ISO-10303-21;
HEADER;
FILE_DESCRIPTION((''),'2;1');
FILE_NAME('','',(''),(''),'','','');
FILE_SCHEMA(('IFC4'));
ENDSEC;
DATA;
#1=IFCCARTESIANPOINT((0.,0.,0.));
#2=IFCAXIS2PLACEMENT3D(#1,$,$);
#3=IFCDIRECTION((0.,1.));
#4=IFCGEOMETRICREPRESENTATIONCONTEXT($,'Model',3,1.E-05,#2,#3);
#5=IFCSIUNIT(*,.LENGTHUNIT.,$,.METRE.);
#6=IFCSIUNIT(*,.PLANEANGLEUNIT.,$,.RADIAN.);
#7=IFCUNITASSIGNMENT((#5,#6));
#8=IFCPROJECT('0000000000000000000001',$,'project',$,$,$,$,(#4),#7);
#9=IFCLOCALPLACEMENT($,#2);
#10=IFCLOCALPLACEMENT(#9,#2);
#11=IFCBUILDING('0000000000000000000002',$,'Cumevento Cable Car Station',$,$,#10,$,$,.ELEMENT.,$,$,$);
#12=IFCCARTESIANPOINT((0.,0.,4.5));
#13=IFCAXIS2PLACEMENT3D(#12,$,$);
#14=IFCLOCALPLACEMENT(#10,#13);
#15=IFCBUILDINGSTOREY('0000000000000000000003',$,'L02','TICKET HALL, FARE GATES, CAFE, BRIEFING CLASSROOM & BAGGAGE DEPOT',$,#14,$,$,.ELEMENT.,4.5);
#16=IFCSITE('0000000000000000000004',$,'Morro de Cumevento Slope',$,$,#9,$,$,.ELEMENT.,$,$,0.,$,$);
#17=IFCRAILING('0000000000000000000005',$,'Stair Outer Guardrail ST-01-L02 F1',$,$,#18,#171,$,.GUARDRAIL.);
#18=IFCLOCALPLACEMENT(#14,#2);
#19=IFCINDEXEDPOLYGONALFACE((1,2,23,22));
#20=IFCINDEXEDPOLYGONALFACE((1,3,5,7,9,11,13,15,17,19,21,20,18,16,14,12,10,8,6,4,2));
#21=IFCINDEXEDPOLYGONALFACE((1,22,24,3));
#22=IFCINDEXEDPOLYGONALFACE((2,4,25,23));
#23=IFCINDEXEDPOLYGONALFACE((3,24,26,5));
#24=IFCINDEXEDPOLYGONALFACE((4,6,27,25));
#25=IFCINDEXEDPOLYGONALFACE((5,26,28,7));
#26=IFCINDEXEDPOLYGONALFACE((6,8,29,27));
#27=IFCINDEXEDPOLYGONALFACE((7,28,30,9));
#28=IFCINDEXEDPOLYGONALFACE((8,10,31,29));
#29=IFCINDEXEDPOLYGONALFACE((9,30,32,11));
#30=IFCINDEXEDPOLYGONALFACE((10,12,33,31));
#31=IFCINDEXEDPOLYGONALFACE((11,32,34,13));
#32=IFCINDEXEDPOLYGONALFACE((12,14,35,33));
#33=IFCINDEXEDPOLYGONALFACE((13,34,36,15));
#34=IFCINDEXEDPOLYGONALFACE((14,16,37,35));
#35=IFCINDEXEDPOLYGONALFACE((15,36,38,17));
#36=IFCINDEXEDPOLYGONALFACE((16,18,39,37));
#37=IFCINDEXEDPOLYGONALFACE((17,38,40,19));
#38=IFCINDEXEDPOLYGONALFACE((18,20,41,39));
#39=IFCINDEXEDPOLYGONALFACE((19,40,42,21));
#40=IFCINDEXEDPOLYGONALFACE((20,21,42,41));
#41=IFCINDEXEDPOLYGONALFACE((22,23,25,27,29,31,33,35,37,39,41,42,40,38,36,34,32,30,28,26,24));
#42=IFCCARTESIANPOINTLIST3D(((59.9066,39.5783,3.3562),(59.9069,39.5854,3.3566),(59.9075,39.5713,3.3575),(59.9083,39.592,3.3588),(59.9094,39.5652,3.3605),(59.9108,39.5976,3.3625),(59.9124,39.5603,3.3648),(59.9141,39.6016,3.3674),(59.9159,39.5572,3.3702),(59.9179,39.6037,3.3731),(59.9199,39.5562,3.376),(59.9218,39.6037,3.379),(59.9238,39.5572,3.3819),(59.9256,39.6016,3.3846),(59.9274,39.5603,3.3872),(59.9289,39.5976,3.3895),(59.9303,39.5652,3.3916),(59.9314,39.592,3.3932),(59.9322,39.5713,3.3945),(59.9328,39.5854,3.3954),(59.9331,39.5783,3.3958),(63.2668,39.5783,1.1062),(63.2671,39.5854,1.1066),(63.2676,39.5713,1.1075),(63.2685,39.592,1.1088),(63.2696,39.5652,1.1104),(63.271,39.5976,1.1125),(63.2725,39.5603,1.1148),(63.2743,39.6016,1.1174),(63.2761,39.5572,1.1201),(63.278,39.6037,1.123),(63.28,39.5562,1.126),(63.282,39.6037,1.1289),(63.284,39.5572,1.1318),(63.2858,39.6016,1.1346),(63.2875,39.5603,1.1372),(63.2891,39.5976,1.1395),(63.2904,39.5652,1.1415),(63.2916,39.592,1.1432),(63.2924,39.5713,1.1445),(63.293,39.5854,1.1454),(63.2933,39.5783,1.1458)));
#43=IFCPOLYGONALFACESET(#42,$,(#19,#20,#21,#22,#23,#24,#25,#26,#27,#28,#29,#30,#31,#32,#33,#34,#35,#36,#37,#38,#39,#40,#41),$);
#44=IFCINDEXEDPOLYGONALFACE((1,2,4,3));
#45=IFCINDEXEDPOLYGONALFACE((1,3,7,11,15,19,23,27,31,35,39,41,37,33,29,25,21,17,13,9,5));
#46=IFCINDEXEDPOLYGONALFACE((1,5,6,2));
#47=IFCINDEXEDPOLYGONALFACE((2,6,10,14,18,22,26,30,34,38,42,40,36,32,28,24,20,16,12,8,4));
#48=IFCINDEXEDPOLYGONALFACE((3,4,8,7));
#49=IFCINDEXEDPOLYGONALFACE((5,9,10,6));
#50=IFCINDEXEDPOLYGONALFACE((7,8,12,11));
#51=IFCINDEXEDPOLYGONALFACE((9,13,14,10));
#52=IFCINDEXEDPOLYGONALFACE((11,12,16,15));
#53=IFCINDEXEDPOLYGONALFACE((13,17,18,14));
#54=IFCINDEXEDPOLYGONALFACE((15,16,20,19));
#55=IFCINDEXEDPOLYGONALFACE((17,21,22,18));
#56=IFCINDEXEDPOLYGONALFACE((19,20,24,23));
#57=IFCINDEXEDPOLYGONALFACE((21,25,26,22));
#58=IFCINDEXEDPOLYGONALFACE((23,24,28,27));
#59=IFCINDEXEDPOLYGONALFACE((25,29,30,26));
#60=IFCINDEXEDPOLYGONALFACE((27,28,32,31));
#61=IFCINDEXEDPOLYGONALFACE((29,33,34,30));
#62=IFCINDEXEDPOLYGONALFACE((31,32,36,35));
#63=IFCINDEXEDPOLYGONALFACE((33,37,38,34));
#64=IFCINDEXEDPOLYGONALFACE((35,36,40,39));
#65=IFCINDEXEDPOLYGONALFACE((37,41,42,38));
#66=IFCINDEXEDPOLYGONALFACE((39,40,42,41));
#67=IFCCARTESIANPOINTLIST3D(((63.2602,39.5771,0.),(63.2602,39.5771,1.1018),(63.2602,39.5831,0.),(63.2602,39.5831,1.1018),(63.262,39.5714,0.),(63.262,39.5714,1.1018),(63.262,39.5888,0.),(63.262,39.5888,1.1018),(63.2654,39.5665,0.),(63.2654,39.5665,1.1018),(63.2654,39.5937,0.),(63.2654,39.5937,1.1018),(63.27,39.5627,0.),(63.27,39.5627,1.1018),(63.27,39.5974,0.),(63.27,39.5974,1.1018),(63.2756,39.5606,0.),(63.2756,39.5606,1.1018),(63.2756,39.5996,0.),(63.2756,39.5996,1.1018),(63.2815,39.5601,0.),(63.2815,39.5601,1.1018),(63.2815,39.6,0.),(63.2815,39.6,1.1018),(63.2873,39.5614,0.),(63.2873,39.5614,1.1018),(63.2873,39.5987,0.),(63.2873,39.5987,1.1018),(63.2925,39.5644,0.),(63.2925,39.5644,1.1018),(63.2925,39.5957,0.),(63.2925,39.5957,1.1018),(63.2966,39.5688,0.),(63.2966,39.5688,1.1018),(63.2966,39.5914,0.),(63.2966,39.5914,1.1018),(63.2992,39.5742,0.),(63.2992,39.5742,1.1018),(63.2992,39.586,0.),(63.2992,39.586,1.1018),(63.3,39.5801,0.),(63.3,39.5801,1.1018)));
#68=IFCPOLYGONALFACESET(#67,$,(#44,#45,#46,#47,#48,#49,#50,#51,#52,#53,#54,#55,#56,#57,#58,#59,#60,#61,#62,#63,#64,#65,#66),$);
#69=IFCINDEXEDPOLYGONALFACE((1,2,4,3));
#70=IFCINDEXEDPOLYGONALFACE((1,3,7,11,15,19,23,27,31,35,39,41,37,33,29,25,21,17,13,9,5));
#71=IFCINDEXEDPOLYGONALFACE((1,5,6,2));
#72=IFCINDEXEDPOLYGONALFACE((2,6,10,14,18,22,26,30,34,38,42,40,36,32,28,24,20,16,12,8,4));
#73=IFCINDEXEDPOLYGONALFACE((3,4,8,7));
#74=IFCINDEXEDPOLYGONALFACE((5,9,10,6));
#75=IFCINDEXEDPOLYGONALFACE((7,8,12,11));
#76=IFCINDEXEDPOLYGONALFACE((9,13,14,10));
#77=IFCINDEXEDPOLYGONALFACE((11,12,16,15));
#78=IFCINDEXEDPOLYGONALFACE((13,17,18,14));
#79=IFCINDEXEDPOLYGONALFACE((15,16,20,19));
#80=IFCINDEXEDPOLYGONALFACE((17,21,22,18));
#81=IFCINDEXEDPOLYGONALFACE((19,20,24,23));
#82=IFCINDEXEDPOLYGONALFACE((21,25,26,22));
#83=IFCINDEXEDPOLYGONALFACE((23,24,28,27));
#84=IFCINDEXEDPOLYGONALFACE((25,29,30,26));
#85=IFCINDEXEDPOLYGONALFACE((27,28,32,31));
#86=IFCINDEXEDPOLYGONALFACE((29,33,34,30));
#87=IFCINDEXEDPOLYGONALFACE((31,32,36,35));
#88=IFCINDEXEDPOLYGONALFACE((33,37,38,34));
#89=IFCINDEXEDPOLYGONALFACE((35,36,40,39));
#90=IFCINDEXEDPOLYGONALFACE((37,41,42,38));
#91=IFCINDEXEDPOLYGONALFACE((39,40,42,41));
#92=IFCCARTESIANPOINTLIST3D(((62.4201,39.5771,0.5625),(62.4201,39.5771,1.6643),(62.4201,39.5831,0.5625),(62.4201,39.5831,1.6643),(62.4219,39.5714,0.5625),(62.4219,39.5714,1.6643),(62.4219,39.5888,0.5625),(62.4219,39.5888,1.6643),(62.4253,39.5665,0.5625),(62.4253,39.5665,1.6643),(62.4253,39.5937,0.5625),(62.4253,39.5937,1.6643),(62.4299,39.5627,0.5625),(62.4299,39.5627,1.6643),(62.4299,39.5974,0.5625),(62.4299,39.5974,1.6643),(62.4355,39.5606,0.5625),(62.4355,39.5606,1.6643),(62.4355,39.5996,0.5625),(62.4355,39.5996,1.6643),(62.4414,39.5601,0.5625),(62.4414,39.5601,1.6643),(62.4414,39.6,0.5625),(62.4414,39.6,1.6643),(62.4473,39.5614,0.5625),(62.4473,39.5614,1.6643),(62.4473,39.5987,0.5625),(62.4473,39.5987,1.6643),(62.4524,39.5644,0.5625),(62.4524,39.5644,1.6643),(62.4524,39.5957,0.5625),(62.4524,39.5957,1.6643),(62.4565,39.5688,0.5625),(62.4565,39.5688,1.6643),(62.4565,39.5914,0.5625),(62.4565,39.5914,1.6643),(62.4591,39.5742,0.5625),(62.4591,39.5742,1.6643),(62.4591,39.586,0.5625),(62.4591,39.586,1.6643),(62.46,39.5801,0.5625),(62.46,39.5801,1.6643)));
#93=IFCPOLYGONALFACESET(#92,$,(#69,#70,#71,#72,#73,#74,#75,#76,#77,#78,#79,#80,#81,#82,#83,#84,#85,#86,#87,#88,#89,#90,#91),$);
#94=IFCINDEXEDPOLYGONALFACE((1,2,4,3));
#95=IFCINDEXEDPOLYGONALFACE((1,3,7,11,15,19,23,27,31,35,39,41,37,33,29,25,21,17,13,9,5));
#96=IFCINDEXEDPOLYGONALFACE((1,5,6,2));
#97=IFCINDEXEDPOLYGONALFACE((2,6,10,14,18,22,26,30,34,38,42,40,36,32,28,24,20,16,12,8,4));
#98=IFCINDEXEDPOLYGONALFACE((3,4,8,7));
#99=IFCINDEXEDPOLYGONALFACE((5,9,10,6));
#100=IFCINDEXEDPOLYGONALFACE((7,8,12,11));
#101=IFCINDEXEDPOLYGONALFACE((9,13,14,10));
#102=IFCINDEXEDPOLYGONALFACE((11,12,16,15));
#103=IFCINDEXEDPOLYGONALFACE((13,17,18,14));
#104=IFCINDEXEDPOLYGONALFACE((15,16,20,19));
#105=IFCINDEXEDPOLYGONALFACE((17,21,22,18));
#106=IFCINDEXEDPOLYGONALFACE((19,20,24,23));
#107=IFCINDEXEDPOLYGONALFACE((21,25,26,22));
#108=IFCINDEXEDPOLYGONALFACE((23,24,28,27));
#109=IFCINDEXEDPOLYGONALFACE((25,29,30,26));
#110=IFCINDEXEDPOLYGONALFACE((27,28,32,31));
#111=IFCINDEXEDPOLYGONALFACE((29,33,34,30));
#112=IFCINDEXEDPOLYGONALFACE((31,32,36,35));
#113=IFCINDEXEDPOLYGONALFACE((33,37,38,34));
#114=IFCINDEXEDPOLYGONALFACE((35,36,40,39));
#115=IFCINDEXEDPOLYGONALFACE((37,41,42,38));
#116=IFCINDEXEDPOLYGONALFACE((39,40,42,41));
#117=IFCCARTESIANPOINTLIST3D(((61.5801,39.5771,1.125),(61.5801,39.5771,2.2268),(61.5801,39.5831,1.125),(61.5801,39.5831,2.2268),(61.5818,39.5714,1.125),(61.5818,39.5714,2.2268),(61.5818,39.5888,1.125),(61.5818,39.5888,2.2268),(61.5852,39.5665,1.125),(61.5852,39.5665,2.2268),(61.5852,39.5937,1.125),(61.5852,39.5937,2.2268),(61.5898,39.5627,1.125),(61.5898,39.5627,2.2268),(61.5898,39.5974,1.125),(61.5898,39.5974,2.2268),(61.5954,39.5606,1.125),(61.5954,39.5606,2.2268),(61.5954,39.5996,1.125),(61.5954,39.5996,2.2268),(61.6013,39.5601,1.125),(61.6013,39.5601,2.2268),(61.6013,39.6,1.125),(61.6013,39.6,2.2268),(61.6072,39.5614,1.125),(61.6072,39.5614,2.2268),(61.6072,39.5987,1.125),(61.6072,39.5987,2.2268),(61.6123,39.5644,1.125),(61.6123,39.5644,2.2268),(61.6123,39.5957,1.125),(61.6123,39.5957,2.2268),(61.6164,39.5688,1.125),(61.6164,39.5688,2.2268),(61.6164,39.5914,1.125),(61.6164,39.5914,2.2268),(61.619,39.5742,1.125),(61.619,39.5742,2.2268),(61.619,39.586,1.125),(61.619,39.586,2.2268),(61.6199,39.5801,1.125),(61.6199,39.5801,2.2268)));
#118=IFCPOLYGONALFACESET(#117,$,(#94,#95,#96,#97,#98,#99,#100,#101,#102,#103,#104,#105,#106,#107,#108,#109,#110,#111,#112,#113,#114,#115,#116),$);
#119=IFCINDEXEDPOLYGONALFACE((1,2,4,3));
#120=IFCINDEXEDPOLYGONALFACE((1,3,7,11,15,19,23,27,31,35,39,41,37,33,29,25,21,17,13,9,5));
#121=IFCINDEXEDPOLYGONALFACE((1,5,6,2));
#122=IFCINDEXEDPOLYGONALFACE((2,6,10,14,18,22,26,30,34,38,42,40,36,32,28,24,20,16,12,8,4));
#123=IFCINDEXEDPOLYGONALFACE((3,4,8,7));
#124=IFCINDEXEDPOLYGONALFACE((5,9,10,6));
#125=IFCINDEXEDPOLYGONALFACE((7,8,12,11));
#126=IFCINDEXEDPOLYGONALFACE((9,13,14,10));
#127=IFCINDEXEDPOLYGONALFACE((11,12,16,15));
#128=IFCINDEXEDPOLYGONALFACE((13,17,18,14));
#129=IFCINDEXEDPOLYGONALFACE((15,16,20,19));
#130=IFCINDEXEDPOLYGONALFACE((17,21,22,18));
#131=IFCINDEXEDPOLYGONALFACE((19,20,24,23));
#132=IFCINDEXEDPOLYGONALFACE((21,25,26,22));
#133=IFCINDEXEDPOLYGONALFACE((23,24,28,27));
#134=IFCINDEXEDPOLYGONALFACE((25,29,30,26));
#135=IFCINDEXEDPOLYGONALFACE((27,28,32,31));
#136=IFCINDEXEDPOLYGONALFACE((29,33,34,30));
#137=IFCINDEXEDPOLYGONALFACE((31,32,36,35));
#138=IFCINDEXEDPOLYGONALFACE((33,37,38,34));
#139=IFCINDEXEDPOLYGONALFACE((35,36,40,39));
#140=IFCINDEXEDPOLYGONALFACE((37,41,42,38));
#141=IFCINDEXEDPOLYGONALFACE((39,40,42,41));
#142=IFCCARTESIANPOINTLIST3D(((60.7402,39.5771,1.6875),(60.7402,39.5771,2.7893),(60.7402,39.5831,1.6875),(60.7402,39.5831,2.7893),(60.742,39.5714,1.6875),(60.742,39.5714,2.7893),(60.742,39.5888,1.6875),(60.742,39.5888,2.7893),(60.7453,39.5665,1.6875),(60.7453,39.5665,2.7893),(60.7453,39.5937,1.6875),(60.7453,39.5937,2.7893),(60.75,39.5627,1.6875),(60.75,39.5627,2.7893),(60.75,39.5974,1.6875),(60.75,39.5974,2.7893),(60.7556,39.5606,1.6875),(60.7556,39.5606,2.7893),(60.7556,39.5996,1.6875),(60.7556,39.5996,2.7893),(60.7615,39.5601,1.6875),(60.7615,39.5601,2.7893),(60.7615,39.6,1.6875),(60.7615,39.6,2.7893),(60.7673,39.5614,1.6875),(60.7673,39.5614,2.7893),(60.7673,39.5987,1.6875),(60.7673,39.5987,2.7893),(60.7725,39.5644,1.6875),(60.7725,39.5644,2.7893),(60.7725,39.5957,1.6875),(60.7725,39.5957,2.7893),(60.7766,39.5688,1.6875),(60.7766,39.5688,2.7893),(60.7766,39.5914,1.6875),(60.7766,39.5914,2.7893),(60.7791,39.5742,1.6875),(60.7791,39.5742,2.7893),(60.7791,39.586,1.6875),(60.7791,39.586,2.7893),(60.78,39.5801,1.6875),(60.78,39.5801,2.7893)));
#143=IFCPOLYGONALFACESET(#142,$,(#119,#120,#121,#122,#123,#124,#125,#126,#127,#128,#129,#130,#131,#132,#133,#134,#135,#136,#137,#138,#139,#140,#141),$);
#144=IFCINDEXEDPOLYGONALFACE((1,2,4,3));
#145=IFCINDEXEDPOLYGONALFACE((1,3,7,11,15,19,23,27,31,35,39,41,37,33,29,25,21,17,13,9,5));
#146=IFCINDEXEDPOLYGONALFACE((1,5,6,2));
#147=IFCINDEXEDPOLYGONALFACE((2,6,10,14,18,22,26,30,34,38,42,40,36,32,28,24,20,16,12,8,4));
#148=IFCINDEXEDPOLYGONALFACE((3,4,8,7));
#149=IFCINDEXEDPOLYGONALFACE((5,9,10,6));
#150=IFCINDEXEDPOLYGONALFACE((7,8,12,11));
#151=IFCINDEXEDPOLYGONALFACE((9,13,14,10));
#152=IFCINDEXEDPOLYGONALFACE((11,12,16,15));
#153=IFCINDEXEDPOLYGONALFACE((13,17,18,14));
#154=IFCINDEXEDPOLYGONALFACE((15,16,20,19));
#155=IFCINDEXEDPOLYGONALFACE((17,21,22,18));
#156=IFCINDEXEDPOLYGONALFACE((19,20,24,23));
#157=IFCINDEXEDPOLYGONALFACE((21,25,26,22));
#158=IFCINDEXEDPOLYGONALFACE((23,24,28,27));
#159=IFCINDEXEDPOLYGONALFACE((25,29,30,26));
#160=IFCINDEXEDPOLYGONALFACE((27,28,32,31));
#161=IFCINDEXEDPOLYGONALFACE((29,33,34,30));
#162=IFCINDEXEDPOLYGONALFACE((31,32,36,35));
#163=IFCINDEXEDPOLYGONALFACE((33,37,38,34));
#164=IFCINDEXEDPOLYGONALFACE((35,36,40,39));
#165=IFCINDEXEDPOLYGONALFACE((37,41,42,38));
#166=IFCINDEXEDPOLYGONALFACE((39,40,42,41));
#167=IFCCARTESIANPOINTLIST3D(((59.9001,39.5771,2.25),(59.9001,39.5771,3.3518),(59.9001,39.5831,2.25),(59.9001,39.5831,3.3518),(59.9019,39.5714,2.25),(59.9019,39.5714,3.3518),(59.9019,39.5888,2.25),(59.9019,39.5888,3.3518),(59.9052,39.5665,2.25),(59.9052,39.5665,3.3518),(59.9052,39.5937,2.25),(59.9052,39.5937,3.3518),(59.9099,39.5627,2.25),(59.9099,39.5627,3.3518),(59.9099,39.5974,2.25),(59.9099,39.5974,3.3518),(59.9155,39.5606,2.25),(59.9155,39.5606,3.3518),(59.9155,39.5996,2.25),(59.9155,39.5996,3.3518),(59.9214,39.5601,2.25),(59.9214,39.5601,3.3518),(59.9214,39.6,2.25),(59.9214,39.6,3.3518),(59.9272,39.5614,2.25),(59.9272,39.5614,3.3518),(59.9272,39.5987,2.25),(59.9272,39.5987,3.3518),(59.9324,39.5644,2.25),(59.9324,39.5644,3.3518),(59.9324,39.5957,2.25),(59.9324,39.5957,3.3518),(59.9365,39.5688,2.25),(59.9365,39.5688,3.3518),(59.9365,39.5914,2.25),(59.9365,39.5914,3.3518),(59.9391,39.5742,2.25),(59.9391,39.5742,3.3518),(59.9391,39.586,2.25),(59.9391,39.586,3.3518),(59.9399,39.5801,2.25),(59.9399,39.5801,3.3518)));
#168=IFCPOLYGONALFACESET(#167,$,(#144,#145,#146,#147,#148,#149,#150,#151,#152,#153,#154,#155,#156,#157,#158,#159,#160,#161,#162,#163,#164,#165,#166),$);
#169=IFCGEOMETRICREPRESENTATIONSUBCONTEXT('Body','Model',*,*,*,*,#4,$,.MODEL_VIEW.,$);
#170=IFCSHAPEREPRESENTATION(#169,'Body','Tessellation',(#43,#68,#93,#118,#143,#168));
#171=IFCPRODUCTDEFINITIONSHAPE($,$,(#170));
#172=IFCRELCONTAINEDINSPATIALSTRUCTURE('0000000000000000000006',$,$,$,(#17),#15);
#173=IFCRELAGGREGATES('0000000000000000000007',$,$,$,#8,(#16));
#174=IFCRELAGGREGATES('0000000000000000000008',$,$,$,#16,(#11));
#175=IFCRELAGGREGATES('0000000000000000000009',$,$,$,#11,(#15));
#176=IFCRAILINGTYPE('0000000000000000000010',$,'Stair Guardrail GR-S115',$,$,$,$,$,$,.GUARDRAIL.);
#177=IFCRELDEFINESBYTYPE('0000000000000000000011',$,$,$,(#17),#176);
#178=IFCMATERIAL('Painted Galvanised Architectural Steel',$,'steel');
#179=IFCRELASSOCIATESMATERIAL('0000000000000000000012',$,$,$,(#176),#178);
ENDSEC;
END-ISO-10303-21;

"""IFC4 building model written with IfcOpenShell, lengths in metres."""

from ifc_helpers import new_model, si_unit, direction, frame, origin, origin_2d, place, context, subcontext, project, spatial, circle, extrude, material, type_object, element, save


model = new_model("IFC4")

# Units and contexts
model_context = context("Model", 3, precision=1e-05, world=origin(), true_north=direction((0.0, 1.0)))
body_context = subcontext(model_context, "Body", "Model", "MODEL_VIEW")
ifc_project = project(units=[si_unit("LENGTHUNIT", "METRE"), si_unit("PLANEANGLEUNIT", "RADIAN")], contexts=[model_context])

# Site, building, storey
site_placement = place(None, origin())
site = spatial("IfcSite", under=ifc_project, at=site_placement, Name="Morro de Cumevento Slope", CompositionType="ELEMENT", RefElevation=0.0)
building_placement = place(site_placement, origin())
building = spatial("IfcBuilding", under=site, at=building_placement, Name="Cumevento Cable Car Station", CompositionType="ELEMENT")
storey_placement = place(building_placement, frame((0.0, 0.0, 4.5)))
storey = spatial("IfcBuildingStorey", under=building, at=storey_placement, Name="L02", Description="TICKET HALL, FARE GATES, CAFE, BRIEFING CLASSROOM & BAGGAGE DEPOT", CompositionType="ELEMENT", Elevation=4.5)

# Railing
ifc_material_1 = material(Name="Painted Galvanised Architectural Steel", Category="steel")
railing_type_1 = type_object("IfcRailingType", Name="Stair Guardrail GR-S115", PredefinedType="GUARDRAIL", material=ifc_material_1)
railing_1_placement = place(storey_placement, frame((63.28, 39.5801, 0.0)))
element("IfcRailing", 1, at=railing_1_placement, inside=storey, type_object=railing_type_1, Name="Stair Outer Guardrail ST-01-L02 F1", PredefinedType="GUARDRAIL", context=body_context, shape_type="SweptSolid", body=[
    extrude(circle(Radius=0.0239, at=origin_2d()), frame((0.0, 0.0, 1.126), z_axis=(-0.830915, 0.0, 0.556399), x_axis=(0.0, -1.0, 0.0)), (0.0, 0.0, 1.0), 4.0439),
    extrude(circle(Radius=0.02, at=origin_2d()), origin(), (0.0, 0.0, 1.0), 1.1018),
    extrude(circle(Radius=0.02, at=origin_2d()), frame((-0.8401, 0.0, 0.5625)), (0.0, 0.0, 1.0), 1.1018),
    extrude(circle(Radius=0.02, at=origin_2d()), frame((-1.6802, 0.0, 1.125)), (0.0, 0.0, 1.0), 1.1018),
    extrude(circle(Radius=0.02, at=origin_2d()), frame((-2.52, 0.0, 1.6875)), (0.0, 0.0, 1.0), 1.1018),
    extrude(circle(Radius=0.02, at=origin_2d()), frame((-3.3601, 0.0, 2.25)), (0.0, 0.0, 1.0), 1.1018),
])

save(model, "model.ifc")
